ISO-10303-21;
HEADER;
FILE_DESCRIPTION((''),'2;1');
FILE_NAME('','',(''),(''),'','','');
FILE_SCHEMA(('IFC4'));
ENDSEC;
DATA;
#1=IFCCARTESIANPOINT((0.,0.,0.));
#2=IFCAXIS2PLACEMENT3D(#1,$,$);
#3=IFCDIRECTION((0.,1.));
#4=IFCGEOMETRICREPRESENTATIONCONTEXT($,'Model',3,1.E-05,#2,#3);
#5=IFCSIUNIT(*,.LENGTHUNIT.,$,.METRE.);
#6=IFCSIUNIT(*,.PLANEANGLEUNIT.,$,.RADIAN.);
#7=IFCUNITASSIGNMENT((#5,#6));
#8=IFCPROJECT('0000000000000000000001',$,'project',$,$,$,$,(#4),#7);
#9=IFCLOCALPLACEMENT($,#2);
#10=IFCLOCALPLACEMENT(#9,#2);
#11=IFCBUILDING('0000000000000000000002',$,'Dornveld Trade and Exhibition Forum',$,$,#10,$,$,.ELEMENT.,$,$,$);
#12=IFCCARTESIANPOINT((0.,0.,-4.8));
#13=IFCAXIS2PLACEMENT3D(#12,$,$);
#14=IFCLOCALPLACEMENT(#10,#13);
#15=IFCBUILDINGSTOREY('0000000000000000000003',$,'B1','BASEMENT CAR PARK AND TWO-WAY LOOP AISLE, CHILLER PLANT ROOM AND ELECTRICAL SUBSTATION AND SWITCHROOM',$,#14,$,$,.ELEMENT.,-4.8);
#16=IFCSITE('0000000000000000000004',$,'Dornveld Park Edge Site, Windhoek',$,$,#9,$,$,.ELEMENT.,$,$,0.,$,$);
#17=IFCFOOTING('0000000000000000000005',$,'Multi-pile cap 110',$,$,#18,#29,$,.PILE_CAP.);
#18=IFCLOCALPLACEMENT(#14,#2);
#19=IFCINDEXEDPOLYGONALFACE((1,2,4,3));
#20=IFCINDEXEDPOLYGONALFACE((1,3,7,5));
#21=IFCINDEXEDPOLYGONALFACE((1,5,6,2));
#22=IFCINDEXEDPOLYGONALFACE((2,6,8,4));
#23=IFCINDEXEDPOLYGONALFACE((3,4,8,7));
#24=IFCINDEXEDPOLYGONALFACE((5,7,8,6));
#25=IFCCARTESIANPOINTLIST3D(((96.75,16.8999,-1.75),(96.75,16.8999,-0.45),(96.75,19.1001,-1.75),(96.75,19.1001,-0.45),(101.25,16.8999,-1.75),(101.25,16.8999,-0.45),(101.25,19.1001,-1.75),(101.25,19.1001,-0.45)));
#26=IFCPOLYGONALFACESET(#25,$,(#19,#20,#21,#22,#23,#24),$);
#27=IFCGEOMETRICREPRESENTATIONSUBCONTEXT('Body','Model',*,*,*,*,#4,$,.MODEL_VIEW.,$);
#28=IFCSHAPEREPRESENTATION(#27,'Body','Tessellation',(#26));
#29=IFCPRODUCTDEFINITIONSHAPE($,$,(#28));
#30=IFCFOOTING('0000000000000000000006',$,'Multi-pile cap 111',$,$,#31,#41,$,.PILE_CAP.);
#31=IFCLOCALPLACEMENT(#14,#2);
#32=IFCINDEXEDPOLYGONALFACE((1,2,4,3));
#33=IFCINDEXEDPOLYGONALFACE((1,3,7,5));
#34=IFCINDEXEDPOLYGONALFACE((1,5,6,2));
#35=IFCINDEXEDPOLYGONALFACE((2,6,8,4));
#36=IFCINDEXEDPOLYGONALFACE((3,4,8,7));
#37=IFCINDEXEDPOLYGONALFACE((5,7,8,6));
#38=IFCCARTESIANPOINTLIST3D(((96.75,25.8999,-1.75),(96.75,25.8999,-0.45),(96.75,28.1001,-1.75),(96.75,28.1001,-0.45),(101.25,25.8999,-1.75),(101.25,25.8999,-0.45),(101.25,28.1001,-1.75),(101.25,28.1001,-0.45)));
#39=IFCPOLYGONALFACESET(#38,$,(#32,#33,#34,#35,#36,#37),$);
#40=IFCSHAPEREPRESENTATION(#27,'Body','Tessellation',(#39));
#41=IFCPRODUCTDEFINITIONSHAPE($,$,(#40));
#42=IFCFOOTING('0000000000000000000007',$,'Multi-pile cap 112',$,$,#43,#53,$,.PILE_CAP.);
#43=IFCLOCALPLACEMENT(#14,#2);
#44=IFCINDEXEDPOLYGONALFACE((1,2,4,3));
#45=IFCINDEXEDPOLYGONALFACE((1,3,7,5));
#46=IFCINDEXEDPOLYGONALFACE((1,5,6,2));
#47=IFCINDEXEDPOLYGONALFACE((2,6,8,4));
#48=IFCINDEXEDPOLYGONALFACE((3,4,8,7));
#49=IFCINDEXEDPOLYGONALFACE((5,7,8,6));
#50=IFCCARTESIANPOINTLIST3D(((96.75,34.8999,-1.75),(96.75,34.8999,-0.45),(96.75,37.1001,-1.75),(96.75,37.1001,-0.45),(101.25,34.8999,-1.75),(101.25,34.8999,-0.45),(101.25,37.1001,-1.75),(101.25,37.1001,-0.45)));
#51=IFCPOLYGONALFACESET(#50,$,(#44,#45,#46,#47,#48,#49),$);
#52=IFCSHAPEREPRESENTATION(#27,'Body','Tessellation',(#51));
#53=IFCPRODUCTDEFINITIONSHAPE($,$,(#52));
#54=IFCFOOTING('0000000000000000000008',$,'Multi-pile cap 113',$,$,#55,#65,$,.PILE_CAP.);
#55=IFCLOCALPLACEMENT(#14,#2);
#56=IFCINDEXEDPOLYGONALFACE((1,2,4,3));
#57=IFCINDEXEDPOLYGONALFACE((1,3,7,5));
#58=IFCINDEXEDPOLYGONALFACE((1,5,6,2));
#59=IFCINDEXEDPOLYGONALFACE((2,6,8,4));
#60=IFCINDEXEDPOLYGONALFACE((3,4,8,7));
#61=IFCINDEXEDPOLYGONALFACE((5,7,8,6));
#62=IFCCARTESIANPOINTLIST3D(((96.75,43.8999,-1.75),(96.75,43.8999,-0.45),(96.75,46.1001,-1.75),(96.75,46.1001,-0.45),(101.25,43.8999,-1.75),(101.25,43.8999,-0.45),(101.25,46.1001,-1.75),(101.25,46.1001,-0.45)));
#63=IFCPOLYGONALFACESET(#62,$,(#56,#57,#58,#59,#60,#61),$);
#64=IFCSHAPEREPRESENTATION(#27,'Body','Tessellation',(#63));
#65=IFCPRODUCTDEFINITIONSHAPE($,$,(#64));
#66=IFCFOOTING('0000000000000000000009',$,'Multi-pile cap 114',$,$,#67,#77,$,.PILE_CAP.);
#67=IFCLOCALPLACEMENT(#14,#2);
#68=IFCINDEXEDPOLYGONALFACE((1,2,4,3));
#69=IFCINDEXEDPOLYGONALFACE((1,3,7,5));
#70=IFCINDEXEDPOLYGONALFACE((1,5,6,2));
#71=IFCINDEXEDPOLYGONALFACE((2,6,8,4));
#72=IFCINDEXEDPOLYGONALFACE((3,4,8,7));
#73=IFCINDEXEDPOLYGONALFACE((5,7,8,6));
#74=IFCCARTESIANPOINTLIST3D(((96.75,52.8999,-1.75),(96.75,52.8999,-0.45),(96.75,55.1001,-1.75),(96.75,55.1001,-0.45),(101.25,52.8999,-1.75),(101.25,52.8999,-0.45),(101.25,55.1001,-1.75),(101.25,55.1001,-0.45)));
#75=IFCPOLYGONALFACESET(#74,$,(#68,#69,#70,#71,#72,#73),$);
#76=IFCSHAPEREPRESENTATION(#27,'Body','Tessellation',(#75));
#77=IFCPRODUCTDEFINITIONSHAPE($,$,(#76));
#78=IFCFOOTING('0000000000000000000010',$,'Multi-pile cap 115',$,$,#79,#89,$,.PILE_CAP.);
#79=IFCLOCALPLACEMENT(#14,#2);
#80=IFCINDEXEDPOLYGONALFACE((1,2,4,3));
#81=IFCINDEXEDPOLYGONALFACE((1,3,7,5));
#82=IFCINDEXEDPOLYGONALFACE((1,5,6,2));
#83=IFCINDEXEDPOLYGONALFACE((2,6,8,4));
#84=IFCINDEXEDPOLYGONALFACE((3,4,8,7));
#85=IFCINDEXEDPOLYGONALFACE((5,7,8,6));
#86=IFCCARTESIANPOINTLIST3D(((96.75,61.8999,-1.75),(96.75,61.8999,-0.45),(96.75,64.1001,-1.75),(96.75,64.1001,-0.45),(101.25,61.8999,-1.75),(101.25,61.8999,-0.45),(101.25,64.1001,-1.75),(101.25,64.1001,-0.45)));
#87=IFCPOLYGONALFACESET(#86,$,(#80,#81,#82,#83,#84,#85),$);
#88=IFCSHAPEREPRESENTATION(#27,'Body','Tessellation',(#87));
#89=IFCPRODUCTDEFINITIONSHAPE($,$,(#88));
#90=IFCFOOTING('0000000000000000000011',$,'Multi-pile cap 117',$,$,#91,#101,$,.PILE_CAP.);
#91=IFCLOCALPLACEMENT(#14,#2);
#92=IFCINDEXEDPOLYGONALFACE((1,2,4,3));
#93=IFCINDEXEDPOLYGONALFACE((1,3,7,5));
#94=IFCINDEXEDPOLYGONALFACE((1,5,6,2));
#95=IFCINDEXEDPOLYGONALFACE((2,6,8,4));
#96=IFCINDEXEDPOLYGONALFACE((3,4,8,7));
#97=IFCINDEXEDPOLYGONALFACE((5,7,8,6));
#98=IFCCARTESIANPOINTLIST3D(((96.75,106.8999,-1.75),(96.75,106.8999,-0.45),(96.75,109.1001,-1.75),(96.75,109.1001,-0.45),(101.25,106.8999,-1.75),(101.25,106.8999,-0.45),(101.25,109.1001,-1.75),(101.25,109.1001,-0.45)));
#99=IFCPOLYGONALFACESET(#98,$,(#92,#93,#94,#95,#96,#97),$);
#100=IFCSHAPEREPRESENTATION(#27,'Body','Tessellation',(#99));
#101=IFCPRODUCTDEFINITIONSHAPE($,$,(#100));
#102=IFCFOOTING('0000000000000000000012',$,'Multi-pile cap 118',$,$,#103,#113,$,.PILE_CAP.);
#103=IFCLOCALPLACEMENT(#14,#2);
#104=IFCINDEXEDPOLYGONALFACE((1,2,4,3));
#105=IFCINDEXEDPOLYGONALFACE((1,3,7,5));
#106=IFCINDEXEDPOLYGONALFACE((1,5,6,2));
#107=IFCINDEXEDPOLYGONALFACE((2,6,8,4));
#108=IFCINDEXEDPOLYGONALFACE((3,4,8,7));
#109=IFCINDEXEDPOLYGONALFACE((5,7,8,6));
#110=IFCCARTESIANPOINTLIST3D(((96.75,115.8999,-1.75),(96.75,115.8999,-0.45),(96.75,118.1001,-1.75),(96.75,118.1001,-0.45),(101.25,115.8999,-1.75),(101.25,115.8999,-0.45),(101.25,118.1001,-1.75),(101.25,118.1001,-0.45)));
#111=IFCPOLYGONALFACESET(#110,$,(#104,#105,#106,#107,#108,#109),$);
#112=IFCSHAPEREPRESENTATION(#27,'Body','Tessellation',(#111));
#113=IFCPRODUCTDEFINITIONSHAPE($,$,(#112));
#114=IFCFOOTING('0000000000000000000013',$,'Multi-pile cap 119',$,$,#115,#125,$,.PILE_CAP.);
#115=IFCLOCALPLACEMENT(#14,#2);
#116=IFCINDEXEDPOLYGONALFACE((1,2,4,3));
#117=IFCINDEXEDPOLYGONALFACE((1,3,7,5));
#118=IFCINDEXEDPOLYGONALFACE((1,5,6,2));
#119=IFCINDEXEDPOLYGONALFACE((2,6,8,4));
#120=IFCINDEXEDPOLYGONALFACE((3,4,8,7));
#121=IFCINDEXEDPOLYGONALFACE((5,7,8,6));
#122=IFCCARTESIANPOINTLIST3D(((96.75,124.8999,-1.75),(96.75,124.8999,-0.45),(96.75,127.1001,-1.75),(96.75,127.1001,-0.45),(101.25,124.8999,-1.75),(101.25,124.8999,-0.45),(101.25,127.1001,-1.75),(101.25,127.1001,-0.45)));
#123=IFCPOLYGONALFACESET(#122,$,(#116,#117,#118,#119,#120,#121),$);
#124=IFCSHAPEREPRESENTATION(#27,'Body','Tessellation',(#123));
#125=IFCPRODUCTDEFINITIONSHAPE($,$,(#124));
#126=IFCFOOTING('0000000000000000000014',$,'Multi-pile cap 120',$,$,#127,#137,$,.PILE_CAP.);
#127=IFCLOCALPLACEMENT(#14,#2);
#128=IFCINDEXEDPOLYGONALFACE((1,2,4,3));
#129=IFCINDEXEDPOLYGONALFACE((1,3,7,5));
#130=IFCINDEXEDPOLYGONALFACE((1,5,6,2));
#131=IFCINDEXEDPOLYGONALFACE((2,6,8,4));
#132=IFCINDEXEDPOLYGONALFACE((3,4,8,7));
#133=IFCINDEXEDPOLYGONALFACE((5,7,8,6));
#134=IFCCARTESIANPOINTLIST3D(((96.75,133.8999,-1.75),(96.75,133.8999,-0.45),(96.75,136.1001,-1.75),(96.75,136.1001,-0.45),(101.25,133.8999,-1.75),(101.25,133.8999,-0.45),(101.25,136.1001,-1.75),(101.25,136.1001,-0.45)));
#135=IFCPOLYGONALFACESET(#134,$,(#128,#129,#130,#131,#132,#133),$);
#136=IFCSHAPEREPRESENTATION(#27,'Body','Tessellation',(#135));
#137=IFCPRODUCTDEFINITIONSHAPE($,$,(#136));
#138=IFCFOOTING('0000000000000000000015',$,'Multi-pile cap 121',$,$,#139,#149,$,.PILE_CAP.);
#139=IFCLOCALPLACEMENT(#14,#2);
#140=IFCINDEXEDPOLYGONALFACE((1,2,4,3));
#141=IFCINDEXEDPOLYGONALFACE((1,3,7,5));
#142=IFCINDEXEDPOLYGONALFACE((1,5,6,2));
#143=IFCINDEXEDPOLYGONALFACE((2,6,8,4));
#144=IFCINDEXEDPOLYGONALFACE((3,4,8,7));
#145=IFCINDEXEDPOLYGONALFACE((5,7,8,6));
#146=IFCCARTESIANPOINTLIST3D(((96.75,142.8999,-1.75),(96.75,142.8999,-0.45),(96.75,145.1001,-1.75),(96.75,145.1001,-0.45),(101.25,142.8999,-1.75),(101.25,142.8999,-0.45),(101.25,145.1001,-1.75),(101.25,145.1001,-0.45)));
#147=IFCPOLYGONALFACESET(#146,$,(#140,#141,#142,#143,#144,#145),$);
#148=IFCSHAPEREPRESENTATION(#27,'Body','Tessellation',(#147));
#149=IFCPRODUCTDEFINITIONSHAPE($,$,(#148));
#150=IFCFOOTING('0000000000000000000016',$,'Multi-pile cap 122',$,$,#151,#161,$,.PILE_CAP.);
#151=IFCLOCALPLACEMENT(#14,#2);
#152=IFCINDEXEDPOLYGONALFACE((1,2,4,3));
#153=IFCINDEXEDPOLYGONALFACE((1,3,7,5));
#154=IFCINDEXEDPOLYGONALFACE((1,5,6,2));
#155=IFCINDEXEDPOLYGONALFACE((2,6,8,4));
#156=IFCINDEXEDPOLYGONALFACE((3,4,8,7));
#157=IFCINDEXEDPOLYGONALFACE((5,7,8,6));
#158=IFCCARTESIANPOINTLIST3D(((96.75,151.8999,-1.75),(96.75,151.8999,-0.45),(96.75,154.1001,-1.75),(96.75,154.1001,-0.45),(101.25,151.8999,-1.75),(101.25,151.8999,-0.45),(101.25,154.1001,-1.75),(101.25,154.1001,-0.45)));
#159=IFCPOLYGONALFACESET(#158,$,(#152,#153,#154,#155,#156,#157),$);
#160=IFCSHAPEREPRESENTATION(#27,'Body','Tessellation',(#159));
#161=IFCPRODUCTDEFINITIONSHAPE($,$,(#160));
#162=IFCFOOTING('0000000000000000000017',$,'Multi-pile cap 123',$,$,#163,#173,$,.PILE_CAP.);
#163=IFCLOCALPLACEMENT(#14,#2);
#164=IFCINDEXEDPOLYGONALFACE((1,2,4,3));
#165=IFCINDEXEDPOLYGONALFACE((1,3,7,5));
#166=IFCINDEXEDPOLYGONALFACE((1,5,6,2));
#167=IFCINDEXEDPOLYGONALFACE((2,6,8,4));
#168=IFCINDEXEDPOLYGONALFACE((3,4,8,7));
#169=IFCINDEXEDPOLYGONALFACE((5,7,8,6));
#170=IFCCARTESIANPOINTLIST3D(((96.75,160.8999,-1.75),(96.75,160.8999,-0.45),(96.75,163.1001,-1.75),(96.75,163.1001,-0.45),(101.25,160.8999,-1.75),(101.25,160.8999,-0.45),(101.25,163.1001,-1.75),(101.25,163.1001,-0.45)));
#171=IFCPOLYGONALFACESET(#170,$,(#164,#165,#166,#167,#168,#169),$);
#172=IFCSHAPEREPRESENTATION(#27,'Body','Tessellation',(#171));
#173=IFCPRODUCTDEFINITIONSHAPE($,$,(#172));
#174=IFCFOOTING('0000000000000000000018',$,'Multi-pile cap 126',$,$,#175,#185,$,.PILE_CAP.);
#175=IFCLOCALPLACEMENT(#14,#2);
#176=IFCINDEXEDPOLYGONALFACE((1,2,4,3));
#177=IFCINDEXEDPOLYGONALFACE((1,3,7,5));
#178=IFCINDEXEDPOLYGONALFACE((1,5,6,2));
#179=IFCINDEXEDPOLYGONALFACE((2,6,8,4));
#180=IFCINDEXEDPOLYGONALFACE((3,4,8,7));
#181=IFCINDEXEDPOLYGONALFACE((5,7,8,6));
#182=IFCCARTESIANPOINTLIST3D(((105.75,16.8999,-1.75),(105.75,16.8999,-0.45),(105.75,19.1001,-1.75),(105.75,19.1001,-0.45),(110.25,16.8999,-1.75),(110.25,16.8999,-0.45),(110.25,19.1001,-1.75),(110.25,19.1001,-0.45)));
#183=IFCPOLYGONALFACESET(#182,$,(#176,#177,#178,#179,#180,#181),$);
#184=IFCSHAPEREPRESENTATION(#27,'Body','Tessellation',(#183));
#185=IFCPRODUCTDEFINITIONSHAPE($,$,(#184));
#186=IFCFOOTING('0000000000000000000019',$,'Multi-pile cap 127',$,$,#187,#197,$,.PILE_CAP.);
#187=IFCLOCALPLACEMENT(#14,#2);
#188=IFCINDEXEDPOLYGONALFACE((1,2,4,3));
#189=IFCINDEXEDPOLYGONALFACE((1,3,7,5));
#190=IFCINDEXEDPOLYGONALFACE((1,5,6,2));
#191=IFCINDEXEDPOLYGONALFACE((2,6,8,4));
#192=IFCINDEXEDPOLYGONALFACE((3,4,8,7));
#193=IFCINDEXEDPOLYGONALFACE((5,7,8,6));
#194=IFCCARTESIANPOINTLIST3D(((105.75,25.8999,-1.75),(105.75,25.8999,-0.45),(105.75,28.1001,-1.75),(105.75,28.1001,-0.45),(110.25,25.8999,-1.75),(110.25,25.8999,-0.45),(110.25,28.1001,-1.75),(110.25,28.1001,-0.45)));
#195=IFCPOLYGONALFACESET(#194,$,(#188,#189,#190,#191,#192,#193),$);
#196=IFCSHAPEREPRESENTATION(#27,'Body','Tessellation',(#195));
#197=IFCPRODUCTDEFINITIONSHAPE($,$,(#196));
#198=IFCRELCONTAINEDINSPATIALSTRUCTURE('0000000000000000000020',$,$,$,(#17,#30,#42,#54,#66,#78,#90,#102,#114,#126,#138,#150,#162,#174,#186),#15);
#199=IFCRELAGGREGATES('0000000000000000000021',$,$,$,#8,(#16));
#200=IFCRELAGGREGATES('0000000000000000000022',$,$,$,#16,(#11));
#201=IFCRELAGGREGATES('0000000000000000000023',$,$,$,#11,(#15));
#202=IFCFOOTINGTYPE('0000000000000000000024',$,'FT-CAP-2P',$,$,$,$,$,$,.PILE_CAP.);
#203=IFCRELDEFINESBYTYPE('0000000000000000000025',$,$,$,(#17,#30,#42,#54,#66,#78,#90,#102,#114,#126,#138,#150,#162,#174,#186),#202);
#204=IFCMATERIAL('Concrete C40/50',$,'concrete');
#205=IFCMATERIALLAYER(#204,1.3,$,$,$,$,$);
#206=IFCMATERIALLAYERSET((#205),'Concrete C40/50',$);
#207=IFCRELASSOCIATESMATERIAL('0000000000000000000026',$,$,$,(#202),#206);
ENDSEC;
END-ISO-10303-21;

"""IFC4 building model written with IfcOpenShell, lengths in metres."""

from ifc_helpers import new_model, si_unit, direction, frame, origin, place, context, subcontext, project, spatial, polyline, outline, extrude, material, layer, layer_set, type_object, element, save


model = new_model("IFC4")

# Units and contexts
model_context = context("Model", 3, precision=1e-05, world=origin(), true_north=direction((0.0, 1.0)))
body_context = subcontext(model_context, "Body", "Model", "MODEL_VIEW")
ifc_project = project(units=[si_unit("LENGTHUNIT", "METRE"), si_unit("PLANEANGLEUNIT", "RADIAN")], contexts=[model_context])

# Site, building, storey
site_placement = place(None, origin())
site = spatial("IfcSite", under=ifc_project, at=site_placement, Name="Dornveld Park Edge Site, Windhoek", CompositionType="ELEMENT", RefElevation=0.0)
building_placement = place(site_placement, origin())
building = spatial("IfcBuilding", under=site, at=building_placement, Name="Dornveld Trade and Exhibition Forum", CompositionType="ELEMENT")
storey_placement = place(building_placement, frame((0.0, 0.0, -4.8)))
storey = spatial("IfcBuildingStorey", under=building, at=storey_placement, Name="B1", Description="BASEMENT CAR PARK AND TWO-WAY LOOP AISLE, CHILLER PLANT ROOM AND ELECTRICAL SUBSTATION AND SWITCHROOM", CompositionType="ELEMENT", Elevation=-4.8)

# Footings
ifc_material = material(Name="Concrete C40/50", Category="concrete")
ifc_layer = layer(ifc_material, 1.3)
ifc_layer_set = layer_set([ifc_layer], Name="Concrete C40/50")
footing_type = type_object("IfcFootingType", Name="FT-CAP-2P", PredefinedType="PILE_CAP", material=ifc_layer_set)
footing_1_placement = place(storey_placement, frame((0.0, 0.0, -1.75)))
element("IfcFooting", 1, at=footing_1_placement, inside=storey, type_object=footing_type, Name="Multi-pile cap 110", PredefinedType="PILE_CAP", context=body_context, shape_type="SweptSolid", body=[
    extrude(outline(polyline([(96.75, 16.8999), (101.25, 16.8999), (101.25, 19.1001), (96.75, 19.1001), (96.75, 16.8999)])), origin(), (0.0, 0.0, 1.0), 1.3),
])
footing_2_placement = place(storey_placement, frame((0.0, 0.0, -1.75)))
element("IfcFooting", 2, at=footing_2_placement, inside=storey, type_object=footing_type, Name="Multi-pile cap 111", PredefinedType="PILE_CAP", context=body_context, shape_type="SweptSolid", body=[
    extrude(outline(polyline([(96.75, 25.8999), (101.25, 25.8999), (101.25, 28.1001), (96.75, 28.1001), (96.75, 25.8999)])), origin(), (0.0, 0.0, 1.0), 1.3),
])
footing_3_placement = place(storey_placement, frame((0.0, 0.0, -1.75)))
element("IfcFooting", 3, at=footing_3_placement, inside=storey, type_object=footing_type, Name="Multi-pile cap 112", PredefinedType="PILE_CAP", context=body_context, shape_type="SweptSolid", body=[
    extrude(outline(polyline([(96.75, 34.8999), (101.25, 34.8999), (101.25, 37.1001), (96.75, 37.1001), (96.75, 34.8999)])), origin(), (0.0, 0.0, 1.0), 1.3),
])
footing_4_placement = place(storey_placement, frame((0.0, 0.0, -1.75)))
element("IfcFooting", 4, at=footing_4_placement, inside=storey, type_object=footing_type, Name="Multi-pile cap 113", PredefinedType="PILE_CAP", context=body_context, shape_type="SweptSolid", body=[
    extrude(outline(polyline([(96.75, 43.8999), (101.25, 43.8999), (101.25, 46.1001), (96.75, 46.1001), (96.75, 43.8999)])), origin(), (0.0, 0.0, 1.0), 1.3),
])
footing_5_placement = place(storey_placement, frame((0.0, 0.0, -1.75)))
element("IfcFooting", 5, at=footing_5_placement, inside=storey, type_object=footing_type, Name="Multi-pile cap 114", PredefinedType="PILE_CAP", context=body_context, shape_type="SweptSolid", body=[
    extrude(outline(polyline([(96.75, 52.8999), (101.25, 52.8999), (101.25, 55.1001), (96.75, 55.1001), (96.75, 52.8999)])), origin(), (0.0, 0.0, 1.0), 1.3),
])
footing_6_placement = place(storey_placement, frame((0.0, 0.0, -1.75)))
element("IfcFooting", 6, at=footing_6_placement, inside=storey, type_object=footing_type, Name="Multi-pile cap 115", PredefinedType="PILE_CAP", context=body_context, shape_type="SweptSolid", body=[
    extrude(outline(polyline([(96.75, 61.8999), (101.25, 61.8999), (101.25, 64.1001), (96.75, 64.1001), (96.75, 61.8999)])), origin(), (0.0, 0.0, 1.0), 1.3),
])
footing_7_placement = place(storey_placement, frame((0.0, 0.0, -1.75)))
element("IfcFooting", 7, at=footing_7_placement, inside=storey, type_object=footing_type, Name="Multi-pile cap 117", PredefinedType="PILE_CAP", context=body_context, shape_type="SweptSolid", body=[
    extrude(outline(polyline([(96.75, 106.8999), (101.25, 106.8999), (101.25, 109.1001), (96.75, 109.1001), (96.75, 106.8999)])), origin(), (0.0, 0.0, 1.0), 1.3),
])
footing_8_placement = place(storey_placement, frame((0.0, 0.0, -1.75)))
element("IfcFooting", 8, at=footing_8_placement, inside=storey, type_object=footing_type, Name="Multi-pile cap 118", PredefinedType="PILE_CAP", context=body_context, shape_type="SweptSolid", body=[
    extrude(outline(polyline([(96.75, 115.8999), (101.25, 115.8999), (101.25, 118.1001), (96.75, 118.1001), (96.75, 115.8999)])), origin(), (0.0, 0.0, 1.0), 1.3),
])
footing_9_placement = place(storey_placement, frame((0.0, 0.0, -1.75)))
element("IfcFooting", 9, at=footing_9_placement, inside=storey, type_object=footing_type, Name="Multi-pile cap 119", PredefinedType="PILE_CAP", context=body_context, shape_type="SweptSolid", body=[
    extrude(outline(polyline([(96.75, 124.8999), (101.25, 124.8999), (101.25, 127.1001), (96.75, 127.1001), (96.75, 124.8999)])), origin(), (0.0, 0.0, 1.0), 1.3),
])
footing_10_placement = place(storey_placement, frame((0.0, 0.0, -1.75)))
element("IfcFooting", 10, at=footing_10_placement, inside=storey, type_object=footing_type, Name="Multi-pile cap 120", PredefinedType="PILE_CAP", context=body_context, shape_type="SweptSolid", body=[
    extrude(outline(polyline([(96.75, 133.8999), (101.25, 133.8999), (101.25, 136.1001), (96.75, 136.1001), (96.75, 133.8999)])), origin(), (0.0, 0.0, 1.0), 1.3),
])
footing_11_placement = place(storey_placement, frame((0.0, 0.0, -1.75)))
element("IfcFooting", 11, at=footing_11_placement, inside=storey, type_object=footing_type, Name="Multi-pile cap 121", PredefinedType="PILE_CAP", context=body_context, shape_type="SweptSolid", body=[
    extrude(outline(polyline([(96.75, 142.8999), (101.25, 142.8999), (101.25, 145.1001), (96.75, 145.1001), (96.75, 142.8999)])), origin(), (0.0, 0.0, 1.0), 1.3),
])
footing_12_placement = place(storey_placement, frame((0.0, 0.0, -1.75)))
element("IfcFooting", 12, at=footing_12_placement, inside=storey, type_object=footing_type, Name="Multi-pile cap 122", PredefinedType="PILE_CAP", context=body_context, shape_type="SweptSolid", body=[
    extrude(outline(polyline([(96.75, 151.8999), (101.25, 151.8999), (101.25, 154.1001), (96.75, 154.1001), (96.75, 151.8999)])), origin(), (0.0, 0.0, 1.0), 1.3),
])
footing_13_placement = place(storey_placement, frame((0.0, 0.0, -1.75)))
element("IfcFooting", 13, at=footing_13_placement, inside=storey, type_object=footing_type, Name="Multi-pile cap 123", PredefinedType="PILE_CAP", context=body_context, shape_type="SweptSolid", body=[
    extrude(outline(polyline([(96.75, 160.8999), (101.25, 160.8999), (101.25, 163.1001), (96.75, 163.1001), (96.75, 160.8999)])), origin(), (0.0, 0.0, 1.0), 1.3),
])
footing_14_placement = place(storey_placement, frame((0.0, 0.0, -1.75)))
element("IfcFooting", 14, at=footing_14_placement, inside=storey, type_object=footing_type, Name="Multi-pile cap 126", PredefinedType="PILE_CAP", context=body_context, shape_type="SweptSolid", body=[
    extrude(outline(polyline([(105.75, 16.8999), (110.25, 16.8999), (110.25, 19.1001), (105.75, 19.1001), (105.75, 16.8999)])), origin(), (0.0, 0.0, 1.0), 1.3),
])
footing_15_placement = place(storey_placement, frame((0.0, 0.0, -1.75)))
element("IfcFooting", 15, at=footing_15_placement, inside=storey, type_object=footing_type, Name="Multi-pile cap 127", PredefinedType="PILE_CAP", context=body_context, shape_type="SweptSolid", body=[
    extrude(outline(polyline([(105.75, 25.8999), (110.25, 25.8999), (110.25, 28.1001), (105.75, 28.1001), (105.75, 25.8999)])), origin(), (0.0, 0.0, 1.0), 1.3),
])

save(model, "model.ifc")
